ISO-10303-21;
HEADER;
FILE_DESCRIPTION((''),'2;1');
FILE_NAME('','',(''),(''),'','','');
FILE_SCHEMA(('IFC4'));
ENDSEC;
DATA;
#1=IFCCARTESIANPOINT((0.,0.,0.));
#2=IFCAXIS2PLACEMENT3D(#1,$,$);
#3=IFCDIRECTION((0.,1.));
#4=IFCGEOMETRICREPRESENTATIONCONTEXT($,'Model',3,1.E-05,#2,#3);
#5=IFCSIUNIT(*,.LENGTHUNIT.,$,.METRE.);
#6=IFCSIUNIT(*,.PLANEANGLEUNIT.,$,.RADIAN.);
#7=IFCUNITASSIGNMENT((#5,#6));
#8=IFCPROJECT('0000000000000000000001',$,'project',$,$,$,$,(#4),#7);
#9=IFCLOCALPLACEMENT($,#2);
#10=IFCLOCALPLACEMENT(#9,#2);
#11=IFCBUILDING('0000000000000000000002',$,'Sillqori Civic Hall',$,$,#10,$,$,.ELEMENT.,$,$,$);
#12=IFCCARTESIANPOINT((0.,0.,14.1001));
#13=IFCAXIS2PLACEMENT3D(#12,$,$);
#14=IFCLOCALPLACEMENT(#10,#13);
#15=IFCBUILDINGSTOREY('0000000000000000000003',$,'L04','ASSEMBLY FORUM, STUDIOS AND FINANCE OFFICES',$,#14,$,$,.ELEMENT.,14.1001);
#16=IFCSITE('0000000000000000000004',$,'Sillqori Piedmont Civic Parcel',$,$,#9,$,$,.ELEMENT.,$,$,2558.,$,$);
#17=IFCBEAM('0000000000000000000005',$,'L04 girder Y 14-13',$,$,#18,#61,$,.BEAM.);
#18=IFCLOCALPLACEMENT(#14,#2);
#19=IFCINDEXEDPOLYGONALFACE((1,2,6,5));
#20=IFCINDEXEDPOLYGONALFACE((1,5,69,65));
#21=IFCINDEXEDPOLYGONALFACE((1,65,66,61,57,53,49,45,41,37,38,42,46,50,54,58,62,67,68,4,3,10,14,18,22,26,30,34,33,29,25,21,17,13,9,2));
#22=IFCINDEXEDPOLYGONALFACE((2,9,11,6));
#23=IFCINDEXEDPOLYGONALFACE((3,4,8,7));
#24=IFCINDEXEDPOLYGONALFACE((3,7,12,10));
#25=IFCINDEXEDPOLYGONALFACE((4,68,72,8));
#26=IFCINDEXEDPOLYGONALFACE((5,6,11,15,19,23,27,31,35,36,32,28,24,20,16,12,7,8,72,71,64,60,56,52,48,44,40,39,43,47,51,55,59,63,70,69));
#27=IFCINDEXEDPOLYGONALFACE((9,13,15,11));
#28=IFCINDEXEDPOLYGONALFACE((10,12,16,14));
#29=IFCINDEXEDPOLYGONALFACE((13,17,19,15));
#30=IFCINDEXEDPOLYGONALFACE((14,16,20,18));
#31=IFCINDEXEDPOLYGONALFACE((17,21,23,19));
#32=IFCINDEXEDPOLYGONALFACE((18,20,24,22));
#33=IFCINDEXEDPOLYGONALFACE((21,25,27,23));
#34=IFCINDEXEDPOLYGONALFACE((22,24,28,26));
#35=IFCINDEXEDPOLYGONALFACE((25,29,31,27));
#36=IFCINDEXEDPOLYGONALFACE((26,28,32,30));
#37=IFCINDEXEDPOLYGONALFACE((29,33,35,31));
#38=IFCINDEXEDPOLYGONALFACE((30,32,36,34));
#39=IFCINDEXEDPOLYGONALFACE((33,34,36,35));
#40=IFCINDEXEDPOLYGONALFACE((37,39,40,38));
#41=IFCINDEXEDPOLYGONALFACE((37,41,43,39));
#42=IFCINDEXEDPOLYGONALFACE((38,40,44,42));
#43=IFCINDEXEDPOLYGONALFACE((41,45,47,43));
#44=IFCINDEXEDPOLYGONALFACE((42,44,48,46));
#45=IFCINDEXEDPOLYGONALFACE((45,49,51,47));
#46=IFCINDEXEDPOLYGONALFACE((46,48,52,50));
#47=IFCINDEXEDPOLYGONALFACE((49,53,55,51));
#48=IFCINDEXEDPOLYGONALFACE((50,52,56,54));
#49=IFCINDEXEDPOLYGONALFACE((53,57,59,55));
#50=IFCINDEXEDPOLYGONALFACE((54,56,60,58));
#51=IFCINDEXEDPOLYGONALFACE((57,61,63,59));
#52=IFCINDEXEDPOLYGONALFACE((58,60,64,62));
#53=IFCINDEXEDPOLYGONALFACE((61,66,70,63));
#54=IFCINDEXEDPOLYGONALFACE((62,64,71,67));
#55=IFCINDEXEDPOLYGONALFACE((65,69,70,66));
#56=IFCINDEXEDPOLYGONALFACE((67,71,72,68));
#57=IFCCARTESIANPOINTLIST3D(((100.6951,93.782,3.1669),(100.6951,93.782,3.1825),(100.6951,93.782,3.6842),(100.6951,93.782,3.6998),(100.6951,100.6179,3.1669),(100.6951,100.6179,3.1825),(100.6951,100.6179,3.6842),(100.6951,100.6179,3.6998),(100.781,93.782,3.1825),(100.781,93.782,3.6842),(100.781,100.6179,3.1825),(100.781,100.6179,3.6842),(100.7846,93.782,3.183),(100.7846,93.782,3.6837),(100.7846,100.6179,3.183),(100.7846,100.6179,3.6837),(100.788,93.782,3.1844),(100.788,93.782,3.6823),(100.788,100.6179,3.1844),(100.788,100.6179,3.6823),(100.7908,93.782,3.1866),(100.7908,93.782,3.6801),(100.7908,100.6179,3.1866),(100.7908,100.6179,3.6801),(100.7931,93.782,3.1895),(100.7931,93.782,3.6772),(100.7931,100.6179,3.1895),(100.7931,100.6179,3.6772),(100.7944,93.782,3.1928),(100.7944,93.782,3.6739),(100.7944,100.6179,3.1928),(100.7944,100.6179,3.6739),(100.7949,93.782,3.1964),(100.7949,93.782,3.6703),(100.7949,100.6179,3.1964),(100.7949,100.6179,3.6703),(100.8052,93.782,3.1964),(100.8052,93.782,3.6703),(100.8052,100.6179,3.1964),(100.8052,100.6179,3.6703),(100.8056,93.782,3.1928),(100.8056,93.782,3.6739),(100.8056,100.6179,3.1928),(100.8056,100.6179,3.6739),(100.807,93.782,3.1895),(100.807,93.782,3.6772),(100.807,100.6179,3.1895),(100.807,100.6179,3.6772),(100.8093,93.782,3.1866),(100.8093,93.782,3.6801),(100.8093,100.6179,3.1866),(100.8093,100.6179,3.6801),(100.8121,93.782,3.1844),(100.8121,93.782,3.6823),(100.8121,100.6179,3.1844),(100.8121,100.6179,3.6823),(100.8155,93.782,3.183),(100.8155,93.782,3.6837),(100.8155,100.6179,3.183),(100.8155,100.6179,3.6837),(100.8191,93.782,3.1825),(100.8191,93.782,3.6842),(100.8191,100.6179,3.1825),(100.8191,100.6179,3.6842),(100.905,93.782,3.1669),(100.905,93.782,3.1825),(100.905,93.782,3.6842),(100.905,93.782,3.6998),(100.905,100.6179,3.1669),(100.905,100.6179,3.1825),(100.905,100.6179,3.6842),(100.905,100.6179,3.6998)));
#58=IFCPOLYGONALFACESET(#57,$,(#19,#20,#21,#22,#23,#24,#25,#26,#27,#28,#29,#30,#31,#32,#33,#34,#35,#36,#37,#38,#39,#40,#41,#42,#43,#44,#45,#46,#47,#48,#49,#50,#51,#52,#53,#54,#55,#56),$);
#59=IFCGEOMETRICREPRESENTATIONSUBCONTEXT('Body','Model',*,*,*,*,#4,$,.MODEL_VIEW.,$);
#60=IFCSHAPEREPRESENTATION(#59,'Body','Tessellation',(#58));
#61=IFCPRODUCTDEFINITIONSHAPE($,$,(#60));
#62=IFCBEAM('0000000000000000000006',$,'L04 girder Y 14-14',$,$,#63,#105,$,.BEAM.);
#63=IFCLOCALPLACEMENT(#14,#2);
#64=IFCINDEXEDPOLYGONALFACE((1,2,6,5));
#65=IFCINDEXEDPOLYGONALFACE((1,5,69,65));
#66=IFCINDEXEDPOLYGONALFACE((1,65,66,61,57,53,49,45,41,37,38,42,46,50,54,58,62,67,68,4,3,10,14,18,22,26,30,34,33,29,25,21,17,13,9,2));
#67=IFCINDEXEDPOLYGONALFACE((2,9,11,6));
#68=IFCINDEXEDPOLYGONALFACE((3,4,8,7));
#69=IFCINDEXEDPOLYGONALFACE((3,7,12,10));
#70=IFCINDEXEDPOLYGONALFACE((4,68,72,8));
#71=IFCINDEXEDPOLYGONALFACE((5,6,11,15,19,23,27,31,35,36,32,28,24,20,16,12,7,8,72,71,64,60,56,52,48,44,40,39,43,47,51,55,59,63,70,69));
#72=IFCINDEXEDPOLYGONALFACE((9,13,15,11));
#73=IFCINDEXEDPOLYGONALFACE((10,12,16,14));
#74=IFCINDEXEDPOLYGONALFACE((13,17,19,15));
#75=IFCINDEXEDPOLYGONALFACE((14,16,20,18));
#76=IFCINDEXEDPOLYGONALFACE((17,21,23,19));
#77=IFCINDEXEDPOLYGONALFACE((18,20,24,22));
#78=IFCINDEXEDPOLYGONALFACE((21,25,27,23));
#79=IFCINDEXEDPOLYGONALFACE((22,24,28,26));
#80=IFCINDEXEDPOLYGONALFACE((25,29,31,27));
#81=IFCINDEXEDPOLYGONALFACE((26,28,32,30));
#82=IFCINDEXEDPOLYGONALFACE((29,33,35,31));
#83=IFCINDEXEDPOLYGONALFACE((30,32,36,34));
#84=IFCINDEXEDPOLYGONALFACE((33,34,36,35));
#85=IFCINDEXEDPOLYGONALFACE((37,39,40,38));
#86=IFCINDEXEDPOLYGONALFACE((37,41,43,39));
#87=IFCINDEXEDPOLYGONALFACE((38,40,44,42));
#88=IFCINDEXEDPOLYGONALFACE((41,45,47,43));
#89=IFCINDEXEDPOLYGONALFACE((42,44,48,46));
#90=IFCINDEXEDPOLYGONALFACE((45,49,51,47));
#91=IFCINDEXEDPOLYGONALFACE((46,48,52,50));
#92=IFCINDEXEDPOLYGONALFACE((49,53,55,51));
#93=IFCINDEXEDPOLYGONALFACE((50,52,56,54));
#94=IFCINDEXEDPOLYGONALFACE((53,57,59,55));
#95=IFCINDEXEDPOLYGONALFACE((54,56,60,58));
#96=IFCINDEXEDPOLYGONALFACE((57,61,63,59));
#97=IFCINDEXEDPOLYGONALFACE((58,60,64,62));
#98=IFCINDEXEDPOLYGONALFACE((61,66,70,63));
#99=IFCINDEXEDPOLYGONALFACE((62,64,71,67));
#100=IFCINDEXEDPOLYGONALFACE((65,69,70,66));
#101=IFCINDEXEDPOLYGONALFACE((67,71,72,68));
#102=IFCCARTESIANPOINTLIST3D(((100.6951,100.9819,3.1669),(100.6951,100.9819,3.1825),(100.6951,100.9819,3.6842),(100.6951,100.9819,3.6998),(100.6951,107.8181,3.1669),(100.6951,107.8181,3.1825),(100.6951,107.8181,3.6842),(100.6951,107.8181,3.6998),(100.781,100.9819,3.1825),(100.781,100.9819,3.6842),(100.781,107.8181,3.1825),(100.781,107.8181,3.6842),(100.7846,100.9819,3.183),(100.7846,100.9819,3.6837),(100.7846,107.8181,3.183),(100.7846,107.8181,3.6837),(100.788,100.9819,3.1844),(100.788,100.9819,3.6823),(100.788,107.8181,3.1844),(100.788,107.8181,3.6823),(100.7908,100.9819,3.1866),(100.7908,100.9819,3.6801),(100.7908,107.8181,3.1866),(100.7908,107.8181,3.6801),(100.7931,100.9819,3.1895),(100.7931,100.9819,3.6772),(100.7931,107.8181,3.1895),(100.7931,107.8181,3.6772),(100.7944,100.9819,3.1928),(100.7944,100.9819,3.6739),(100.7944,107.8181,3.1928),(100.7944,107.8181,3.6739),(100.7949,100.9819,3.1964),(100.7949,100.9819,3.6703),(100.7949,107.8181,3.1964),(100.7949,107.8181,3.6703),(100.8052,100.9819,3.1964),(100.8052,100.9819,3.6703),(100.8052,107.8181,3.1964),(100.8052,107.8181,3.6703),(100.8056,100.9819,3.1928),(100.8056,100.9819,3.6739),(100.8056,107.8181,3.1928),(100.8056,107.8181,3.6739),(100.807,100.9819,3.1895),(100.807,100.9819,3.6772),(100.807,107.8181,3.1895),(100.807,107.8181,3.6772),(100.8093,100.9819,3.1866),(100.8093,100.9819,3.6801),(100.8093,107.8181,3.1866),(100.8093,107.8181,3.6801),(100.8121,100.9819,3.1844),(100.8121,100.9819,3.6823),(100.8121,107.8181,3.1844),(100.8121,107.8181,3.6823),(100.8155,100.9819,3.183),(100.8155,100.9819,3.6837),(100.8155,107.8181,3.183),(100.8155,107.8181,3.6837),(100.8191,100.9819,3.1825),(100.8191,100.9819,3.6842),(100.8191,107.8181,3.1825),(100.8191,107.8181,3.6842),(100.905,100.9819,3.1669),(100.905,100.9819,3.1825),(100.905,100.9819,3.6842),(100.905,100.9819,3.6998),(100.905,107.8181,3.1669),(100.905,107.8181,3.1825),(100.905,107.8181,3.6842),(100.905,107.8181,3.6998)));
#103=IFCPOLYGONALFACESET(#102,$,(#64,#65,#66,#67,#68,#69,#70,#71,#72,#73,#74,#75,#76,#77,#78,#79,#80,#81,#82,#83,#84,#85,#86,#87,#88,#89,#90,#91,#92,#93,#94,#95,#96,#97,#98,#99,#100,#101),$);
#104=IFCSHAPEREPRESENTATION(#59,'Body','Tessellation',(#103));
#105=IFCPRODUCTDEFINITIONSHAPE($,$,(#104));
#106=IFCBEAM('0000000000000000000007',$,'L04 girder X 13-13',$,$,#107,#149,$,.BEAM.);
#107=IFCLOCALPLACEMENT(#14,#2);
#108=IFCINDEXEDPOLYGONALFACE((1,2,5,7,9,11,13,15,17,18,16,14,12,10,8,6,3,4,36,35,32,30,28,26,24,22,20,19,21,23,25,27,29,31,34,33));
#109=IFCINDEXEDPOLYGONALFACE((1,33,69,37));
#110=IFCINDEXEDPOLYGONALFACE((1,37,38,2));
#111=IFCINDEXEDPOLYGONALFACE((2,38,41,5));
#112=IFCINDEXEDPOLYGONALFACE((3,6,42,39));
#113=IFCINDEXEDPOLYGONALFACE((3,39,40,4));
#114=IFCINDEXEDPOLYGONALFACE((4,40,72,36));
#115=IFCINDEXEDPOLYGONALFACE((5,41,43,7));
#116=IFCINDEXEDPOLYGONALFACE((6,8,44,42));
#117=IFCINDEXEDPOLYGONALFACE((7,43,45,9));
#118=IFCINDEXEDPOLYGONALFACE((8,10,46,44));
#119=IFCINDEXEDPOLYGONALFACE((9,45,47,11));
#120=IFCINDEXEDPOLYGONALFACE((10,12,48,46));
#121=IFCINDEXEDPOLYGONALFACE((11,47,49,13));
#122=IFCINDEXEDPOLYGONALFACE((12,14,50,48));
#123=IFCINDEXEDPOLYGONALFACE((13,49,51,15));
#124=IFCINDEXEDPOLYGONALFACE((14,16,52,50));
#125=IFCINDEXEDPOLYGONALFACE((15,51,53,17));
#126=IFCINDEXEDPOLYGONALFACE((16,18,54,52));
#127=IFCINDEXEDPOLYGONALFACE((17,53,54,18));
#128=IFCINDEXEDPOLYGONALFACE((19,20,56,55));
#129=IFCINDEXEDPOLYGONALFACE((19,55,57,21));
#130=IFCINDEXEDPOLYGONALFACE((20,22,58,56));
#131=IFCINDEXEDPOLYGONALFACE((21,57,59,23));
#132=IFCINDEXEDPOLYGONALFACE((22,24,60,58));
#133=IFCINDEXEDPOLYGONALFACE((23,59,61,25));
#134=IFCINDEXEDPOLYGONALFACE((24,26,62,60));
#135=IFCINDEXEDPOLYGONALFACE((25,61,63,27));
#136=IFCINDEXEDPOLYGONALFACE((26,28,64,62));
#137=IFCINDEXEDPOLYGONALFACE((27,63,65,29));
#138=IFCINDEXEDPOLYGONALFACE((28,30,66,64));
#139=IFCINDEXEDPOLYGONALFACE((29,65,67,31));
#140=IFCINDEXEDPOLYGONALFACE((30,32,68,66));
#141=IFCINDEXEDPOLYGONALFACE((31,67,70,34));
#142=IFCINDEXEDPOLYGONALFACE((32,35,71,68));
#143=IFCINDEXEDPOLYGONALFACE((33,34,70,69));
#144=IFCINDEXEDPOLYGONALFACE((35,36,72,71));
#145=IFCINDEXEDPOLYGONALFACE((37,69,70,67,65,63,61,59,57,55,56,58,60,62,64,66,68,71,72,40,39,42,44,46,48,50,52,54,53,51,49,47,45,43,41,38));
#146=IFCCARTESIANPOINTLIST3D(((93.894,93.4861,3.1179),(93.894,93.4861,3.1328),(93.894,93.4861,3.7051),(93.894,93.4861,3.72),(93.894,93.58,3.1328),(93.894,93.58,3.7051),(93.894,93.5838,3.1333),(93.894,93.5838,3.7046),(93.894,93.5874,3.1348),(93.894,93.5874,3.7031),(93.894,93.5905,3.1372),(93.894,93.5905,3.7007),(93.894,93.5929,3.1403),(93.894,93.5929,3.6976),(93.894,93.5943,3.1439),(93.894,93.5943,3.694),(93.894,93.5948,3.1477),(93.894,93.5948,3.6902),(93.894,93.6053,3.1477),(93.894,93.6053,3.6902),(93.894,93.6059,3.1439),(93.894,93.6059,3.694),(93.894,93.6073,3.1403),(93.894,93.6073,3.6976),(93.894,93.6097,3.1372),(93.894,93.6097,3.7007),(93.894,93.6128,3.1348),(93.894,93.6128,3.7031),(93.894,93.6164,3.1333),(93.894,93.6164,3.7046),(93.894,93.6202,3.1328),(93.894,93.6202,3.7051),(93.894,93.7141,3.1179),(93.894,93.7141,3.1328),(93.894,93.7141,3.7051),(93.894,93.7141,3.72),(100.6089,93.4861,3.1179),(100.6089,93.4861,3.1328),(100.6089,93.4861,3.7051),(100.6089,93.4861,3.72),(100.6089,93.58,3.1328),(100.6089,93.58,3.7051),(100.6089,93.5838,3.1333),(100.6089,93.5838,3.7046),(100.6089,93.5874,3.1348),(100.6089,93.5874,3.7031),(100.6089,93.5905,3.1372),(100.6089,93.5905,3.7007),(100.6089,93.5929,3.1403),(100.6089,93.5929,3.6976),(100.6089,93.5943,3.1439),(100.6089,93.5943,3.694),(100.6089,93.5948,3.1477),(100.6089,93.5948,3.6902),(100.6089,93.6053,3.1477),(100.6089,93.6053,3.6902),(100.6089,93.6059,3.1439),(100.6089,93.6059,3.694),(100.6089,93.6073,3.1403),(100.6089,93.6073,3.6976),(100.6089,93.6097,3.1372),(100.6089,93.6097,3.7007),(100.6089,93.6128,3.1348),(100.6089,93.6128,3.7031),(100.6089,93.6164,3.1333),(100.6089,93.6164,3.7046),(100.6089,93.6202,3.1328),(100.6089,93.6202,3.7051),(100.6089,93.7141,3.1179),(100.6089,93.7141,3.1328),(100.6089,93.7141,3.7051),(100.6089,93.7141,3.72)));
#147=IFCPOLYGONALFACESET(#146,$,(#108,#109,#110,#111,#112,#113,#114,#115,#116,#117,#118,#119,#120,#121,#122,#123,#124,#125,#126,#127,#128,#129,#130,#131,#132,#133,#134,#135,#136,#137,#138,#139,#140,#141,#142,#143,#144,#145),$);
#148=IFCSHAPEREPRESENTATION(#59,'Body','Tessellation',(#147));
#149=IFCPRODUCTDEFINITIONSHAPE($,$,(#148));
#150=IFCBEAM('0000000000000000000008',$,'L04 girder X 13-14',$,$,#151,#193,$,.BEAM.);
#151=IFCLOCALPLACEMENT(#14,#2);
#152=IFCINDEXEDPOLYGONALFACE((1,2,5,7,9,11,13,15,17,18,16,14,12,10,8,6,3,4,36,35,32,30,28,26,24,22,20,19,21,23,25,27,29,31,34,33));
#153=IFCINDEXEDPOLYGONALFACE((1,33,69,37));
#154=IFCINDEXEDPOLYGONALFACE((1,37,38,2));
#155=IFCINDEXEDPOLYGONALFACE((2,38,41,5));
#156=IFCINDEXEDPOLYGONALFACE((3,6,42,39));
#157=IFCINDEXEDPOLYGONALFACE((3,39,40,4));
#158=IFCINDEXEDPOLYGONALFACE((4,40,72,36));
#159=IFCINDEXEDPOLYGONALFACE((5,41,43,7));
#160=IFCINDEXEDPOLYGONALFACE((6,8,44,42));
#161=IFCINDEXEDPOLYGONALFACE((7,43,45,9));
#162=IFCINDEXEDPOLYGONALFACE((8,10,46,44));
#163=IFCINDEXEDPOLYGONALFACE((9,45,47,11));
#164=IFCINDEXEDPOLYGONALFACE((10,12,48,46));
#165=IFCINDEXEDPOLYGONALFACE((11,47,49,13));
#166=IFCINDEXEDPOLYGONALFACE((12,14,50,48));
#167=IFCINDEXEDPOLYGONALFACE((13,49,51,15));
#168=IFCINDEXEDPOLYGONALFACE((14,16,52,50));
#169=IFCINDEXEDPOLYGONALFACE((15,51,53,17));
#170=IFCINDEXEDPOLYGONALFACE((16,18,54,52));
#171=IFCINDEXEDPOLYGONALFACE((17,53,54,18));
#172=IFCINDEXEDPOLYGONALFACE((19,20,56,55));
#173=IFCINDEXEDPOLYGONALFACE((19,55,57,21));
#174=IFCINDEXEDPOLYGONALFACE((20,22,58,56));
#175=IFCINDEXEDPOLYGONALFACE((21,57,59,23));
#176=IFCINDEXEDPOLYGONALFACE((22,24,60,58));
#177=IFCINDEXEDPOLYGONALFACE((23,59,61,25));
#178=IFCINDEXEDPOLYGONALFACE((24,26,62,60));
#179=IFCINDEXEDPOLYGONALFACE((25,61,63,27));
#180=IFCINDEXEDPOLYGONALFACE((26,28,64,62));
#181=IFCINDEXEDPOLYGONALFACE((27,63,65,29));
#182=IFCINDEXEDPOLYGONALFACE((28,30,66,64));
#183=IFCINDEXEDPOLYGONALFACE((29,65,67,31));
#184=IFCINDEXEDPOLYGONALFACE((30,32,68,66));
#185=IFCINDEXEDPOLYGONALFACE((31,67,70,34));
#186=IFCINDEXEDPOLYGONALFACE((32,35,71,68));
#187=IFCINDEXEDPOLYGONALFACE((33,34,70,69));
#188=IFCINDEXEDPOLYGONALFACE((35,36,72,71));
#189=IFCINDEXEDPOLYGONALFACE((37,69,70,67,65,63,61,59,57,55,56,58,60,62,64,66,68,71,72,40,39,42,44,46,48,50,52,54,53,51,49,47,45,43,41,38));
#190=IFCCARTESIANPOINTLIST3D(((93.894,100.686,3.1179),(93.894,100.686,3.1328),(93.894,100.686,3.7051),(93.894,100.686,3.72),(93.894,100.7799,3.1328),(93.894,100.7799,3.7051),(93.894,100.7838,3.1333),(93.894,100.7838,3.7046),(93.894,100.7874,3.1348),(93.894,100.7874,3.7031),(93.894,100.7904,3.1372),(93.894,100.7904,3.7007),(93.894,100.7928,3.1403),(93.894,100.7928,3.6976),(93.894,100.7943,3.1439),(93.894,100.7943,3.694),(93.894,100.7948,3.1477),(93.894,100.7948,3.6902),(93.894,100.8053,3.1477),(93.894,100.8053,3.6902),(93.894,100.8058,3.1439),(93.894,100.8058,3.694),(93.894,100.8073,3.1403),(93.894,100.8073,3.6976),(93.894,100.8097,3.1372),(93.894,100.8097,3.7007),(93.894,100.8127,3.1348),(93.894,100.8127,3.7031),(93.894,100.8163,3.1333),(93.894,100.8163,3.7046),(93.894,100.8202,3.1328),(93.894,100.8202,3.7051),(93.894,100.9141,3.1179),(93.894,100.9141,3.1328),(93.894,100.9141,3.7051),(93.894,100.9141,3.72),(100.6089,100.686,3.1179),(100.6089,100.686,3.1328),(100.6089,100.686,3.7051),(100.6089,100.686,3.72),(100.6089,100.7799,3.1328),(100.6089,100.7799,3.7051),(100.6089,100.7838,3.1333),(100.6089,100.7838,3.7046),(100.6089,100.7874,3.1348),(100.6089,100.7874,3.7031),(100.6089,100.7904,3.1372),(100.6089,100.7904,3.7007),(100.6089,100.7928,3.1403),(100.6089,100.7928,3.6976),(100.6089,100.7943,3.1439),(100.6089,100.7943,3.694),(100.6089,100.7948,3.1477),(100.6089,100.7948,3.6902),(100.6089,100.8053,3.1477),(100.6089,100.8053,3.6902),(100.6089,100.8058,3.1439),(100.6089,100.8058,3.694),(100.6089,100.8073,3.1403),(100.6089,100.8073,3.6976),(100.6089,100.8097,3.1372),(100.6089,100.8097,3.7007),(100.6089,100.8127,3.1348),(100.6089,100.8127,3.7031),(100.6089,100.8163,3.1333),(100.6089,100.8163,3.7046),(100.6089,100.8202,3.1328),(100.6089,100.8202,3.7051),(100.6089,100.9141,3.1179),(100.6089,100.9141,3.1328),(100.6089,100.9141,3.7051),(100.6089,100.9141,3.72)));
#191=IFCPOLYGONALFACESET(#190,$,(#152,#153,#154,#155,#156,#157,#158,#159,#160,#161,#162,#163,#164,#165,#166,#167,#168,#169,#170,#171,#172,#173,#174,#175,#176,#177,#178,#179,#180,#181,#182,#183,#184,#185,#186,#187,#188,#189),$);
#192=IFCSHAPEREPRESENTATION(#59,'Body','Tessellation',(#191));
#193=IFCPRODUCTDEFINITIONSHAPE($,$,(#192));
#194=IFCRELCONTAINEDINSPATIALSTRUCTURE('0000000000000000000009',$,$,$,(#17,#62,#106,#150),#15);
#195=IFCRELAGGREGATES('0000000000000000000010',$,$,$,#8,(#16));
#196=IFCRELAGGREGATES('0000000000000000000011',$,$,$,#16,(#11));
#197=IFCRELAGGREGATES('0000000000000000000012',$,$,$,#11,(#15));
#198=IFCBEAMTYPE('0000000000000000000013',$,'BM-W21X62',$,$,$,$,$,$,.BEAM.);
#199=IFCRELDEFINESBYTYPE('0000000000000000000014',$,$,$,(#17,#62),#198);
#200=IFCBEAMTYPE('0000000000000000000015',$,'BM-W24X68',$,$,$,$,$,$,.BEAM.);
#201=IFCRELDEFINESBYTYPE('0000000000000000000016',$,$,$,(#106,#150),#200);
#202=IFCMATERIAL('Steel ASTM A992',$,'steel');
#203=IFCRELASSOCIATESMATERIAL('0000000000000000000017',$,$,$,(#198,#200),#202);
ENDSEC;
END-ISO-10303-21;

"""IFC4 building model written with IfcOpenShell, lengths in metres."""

from ifc_helpers import new_model, si_unit, direction, frame, origin, origin_2d, place, context, subcontext, project, spatial, i_section, extrude, material, material_profile, profile_set, type_object, element, save


model = new_model("IFC4")

# Units and contexts
model_context = context("Model", 3, precision=1e-05, world=origin(), true_north=direction((0.0, 1.0)))
body_context = subcontext(model_context, "Body", "Model", "MODEL_VIEW")
ifc_project = project(units=[si_unit("LENGTHUNIT", "METRE"), si_unit("PLANEANGLEUNIT", "RADIAN")], contexts=[model_context])

# Site, building, storey
site_placement = place(None, origin())
site = spatial("IfcSite", under=ifc_project, at=site_placement, Name="Sillqori Piedmont Civic Parcel", CompositionType="ELEMENT", RefElevation=2558.0)
building_placement = place(site_placement, origin())
building = spatial("IfcBuilding", under=site, at=building_placement, Name="Sillqori Civic Hall", CompositionType="ELEMENT")
storey_placement = place(building_placement, frame((0.0, 0.0, 14.1001)))
storey = spatial("IfcBuildingStorey", under=building, at=storey_placement, Name="L04", Description="ASSEMBLY FORUM, STUDIOS AND FINANCE OFFICES", CompositionType="ELEMENT", Elevation=14.1001)

# Shared definitions
ifc_material_1 = material(Name="Steel ASTM A992", Category="steel")

# Beams
ifc_material_profile_1 = material_profile(ifc_material_1, i_section(OverallWidth=0.21, OverallDepth=0.533, WebThickness=0.0103, FlangeThickness=0.0156, FilletRadius=0.0139, at=origin_2d()), Name="W21X62")
ifc_profile_set_1 = profile_set([ifc_material_profile_1], Name="Steel ASTM A992")
beam_type_1 = type_object("IfcBeamType", Name="BM-W21X62", PredefinedType="BEAM", material=ifc_profile_set_1)
beam_1_placement = place(storey_placement, frame((100.8, 93.782, 3.4333), z_axis=(0.0, 1.0, 0.0), x_axis=(-1.0, 0.0, 0.0)))
element("IfcBeam", 1, at=beam_1_placement, inside=storey, type_object=beam_type_1, Name="L04 girder Y 14-13", PredefinedType="BEAM", context=body_context, shape_type="SweptSolid", body=[
    extrude(i_section(OverallWidth=0.21, OverallDepth=0.533, WebThickness=0.0103, FlangeThickness=0.0156, FilletRadius=0.0139, at=origin_2d()), origin(), (0.0, 0.0, 1.0), 6.8359),
])
beam_2_placement = place(storey_placement, frame((100.8, 100.9819, 3.4333), z_axis=(0.0, 1.0, 0.0), x_axis=(-1.0, 0.0, 0.0)))
element("IfcBeam", 2, at=beam_2_placement, inside=storey, type_object=beam_type_1, Name="L04 girder Y 14-14", PredefinedType="BEAM", context=body_context, shape_type="SweptSolid", body=[
    extrude(i_section(OverallWidth=0.21, OverallDepth=0.533, WebThickness=0.0103, FlangeThickness=0.0156, FilletRadius=0.0139, at=origin_2d()), origin(), (0.0, 0.0, 1.0), 6.8362),
])
ifc_material_profile_2 = material_profile(ifc_material_1, i_section(OverallWidth=0.228, OverallDepth=0.6021, WebThickness=0.0105, FlangeThickness=0.0149, FilletRadius=0.0149, at=origin_2d()), Name="W24X68")
ifc_profile_set_2 = profile_set([ifc_material_profile_2], Name="Steel ASTM A992")
beam_type_2 = type_object("IfcBeamType", Name="BM-W24X68", PredefinedType="BEAM", material=ifc_profile_set_2)
for number, where, z_axis, x_axis, name in (
    (3, (93.894, 93.6001, 3.4189), (1.0, 0.0, 0.0), (0.0, 1.0, 0.0), "L04 girder X 13-13"),
    (4, (93.894, 100.8, 3.4189), (1.0, 0.0, 0.0), (0.0, 1.0, 0.0), "L04 girder X 13-14"),
):
    element("IfcBeam", number, at=place(storey_placement, frame(where, z_axis=z_axis, x_axis=x_axis)), inside=storey, type_object=beam_type_2, Name=name, PredefinedType="BEAM", context=body_context, shape_type="SweptSolid", body=[
        extrude(i_section(OverallWidth=0.228, OverallDepth=0.6021, WebThickness=0.0105, FlangeThickness=0.0149, FilletRadius=0.0149, at=origin_2d()), origin(), (0.0, 0.0, 1.0), 6.7148),
    ])

save(model, "model.ifc")
